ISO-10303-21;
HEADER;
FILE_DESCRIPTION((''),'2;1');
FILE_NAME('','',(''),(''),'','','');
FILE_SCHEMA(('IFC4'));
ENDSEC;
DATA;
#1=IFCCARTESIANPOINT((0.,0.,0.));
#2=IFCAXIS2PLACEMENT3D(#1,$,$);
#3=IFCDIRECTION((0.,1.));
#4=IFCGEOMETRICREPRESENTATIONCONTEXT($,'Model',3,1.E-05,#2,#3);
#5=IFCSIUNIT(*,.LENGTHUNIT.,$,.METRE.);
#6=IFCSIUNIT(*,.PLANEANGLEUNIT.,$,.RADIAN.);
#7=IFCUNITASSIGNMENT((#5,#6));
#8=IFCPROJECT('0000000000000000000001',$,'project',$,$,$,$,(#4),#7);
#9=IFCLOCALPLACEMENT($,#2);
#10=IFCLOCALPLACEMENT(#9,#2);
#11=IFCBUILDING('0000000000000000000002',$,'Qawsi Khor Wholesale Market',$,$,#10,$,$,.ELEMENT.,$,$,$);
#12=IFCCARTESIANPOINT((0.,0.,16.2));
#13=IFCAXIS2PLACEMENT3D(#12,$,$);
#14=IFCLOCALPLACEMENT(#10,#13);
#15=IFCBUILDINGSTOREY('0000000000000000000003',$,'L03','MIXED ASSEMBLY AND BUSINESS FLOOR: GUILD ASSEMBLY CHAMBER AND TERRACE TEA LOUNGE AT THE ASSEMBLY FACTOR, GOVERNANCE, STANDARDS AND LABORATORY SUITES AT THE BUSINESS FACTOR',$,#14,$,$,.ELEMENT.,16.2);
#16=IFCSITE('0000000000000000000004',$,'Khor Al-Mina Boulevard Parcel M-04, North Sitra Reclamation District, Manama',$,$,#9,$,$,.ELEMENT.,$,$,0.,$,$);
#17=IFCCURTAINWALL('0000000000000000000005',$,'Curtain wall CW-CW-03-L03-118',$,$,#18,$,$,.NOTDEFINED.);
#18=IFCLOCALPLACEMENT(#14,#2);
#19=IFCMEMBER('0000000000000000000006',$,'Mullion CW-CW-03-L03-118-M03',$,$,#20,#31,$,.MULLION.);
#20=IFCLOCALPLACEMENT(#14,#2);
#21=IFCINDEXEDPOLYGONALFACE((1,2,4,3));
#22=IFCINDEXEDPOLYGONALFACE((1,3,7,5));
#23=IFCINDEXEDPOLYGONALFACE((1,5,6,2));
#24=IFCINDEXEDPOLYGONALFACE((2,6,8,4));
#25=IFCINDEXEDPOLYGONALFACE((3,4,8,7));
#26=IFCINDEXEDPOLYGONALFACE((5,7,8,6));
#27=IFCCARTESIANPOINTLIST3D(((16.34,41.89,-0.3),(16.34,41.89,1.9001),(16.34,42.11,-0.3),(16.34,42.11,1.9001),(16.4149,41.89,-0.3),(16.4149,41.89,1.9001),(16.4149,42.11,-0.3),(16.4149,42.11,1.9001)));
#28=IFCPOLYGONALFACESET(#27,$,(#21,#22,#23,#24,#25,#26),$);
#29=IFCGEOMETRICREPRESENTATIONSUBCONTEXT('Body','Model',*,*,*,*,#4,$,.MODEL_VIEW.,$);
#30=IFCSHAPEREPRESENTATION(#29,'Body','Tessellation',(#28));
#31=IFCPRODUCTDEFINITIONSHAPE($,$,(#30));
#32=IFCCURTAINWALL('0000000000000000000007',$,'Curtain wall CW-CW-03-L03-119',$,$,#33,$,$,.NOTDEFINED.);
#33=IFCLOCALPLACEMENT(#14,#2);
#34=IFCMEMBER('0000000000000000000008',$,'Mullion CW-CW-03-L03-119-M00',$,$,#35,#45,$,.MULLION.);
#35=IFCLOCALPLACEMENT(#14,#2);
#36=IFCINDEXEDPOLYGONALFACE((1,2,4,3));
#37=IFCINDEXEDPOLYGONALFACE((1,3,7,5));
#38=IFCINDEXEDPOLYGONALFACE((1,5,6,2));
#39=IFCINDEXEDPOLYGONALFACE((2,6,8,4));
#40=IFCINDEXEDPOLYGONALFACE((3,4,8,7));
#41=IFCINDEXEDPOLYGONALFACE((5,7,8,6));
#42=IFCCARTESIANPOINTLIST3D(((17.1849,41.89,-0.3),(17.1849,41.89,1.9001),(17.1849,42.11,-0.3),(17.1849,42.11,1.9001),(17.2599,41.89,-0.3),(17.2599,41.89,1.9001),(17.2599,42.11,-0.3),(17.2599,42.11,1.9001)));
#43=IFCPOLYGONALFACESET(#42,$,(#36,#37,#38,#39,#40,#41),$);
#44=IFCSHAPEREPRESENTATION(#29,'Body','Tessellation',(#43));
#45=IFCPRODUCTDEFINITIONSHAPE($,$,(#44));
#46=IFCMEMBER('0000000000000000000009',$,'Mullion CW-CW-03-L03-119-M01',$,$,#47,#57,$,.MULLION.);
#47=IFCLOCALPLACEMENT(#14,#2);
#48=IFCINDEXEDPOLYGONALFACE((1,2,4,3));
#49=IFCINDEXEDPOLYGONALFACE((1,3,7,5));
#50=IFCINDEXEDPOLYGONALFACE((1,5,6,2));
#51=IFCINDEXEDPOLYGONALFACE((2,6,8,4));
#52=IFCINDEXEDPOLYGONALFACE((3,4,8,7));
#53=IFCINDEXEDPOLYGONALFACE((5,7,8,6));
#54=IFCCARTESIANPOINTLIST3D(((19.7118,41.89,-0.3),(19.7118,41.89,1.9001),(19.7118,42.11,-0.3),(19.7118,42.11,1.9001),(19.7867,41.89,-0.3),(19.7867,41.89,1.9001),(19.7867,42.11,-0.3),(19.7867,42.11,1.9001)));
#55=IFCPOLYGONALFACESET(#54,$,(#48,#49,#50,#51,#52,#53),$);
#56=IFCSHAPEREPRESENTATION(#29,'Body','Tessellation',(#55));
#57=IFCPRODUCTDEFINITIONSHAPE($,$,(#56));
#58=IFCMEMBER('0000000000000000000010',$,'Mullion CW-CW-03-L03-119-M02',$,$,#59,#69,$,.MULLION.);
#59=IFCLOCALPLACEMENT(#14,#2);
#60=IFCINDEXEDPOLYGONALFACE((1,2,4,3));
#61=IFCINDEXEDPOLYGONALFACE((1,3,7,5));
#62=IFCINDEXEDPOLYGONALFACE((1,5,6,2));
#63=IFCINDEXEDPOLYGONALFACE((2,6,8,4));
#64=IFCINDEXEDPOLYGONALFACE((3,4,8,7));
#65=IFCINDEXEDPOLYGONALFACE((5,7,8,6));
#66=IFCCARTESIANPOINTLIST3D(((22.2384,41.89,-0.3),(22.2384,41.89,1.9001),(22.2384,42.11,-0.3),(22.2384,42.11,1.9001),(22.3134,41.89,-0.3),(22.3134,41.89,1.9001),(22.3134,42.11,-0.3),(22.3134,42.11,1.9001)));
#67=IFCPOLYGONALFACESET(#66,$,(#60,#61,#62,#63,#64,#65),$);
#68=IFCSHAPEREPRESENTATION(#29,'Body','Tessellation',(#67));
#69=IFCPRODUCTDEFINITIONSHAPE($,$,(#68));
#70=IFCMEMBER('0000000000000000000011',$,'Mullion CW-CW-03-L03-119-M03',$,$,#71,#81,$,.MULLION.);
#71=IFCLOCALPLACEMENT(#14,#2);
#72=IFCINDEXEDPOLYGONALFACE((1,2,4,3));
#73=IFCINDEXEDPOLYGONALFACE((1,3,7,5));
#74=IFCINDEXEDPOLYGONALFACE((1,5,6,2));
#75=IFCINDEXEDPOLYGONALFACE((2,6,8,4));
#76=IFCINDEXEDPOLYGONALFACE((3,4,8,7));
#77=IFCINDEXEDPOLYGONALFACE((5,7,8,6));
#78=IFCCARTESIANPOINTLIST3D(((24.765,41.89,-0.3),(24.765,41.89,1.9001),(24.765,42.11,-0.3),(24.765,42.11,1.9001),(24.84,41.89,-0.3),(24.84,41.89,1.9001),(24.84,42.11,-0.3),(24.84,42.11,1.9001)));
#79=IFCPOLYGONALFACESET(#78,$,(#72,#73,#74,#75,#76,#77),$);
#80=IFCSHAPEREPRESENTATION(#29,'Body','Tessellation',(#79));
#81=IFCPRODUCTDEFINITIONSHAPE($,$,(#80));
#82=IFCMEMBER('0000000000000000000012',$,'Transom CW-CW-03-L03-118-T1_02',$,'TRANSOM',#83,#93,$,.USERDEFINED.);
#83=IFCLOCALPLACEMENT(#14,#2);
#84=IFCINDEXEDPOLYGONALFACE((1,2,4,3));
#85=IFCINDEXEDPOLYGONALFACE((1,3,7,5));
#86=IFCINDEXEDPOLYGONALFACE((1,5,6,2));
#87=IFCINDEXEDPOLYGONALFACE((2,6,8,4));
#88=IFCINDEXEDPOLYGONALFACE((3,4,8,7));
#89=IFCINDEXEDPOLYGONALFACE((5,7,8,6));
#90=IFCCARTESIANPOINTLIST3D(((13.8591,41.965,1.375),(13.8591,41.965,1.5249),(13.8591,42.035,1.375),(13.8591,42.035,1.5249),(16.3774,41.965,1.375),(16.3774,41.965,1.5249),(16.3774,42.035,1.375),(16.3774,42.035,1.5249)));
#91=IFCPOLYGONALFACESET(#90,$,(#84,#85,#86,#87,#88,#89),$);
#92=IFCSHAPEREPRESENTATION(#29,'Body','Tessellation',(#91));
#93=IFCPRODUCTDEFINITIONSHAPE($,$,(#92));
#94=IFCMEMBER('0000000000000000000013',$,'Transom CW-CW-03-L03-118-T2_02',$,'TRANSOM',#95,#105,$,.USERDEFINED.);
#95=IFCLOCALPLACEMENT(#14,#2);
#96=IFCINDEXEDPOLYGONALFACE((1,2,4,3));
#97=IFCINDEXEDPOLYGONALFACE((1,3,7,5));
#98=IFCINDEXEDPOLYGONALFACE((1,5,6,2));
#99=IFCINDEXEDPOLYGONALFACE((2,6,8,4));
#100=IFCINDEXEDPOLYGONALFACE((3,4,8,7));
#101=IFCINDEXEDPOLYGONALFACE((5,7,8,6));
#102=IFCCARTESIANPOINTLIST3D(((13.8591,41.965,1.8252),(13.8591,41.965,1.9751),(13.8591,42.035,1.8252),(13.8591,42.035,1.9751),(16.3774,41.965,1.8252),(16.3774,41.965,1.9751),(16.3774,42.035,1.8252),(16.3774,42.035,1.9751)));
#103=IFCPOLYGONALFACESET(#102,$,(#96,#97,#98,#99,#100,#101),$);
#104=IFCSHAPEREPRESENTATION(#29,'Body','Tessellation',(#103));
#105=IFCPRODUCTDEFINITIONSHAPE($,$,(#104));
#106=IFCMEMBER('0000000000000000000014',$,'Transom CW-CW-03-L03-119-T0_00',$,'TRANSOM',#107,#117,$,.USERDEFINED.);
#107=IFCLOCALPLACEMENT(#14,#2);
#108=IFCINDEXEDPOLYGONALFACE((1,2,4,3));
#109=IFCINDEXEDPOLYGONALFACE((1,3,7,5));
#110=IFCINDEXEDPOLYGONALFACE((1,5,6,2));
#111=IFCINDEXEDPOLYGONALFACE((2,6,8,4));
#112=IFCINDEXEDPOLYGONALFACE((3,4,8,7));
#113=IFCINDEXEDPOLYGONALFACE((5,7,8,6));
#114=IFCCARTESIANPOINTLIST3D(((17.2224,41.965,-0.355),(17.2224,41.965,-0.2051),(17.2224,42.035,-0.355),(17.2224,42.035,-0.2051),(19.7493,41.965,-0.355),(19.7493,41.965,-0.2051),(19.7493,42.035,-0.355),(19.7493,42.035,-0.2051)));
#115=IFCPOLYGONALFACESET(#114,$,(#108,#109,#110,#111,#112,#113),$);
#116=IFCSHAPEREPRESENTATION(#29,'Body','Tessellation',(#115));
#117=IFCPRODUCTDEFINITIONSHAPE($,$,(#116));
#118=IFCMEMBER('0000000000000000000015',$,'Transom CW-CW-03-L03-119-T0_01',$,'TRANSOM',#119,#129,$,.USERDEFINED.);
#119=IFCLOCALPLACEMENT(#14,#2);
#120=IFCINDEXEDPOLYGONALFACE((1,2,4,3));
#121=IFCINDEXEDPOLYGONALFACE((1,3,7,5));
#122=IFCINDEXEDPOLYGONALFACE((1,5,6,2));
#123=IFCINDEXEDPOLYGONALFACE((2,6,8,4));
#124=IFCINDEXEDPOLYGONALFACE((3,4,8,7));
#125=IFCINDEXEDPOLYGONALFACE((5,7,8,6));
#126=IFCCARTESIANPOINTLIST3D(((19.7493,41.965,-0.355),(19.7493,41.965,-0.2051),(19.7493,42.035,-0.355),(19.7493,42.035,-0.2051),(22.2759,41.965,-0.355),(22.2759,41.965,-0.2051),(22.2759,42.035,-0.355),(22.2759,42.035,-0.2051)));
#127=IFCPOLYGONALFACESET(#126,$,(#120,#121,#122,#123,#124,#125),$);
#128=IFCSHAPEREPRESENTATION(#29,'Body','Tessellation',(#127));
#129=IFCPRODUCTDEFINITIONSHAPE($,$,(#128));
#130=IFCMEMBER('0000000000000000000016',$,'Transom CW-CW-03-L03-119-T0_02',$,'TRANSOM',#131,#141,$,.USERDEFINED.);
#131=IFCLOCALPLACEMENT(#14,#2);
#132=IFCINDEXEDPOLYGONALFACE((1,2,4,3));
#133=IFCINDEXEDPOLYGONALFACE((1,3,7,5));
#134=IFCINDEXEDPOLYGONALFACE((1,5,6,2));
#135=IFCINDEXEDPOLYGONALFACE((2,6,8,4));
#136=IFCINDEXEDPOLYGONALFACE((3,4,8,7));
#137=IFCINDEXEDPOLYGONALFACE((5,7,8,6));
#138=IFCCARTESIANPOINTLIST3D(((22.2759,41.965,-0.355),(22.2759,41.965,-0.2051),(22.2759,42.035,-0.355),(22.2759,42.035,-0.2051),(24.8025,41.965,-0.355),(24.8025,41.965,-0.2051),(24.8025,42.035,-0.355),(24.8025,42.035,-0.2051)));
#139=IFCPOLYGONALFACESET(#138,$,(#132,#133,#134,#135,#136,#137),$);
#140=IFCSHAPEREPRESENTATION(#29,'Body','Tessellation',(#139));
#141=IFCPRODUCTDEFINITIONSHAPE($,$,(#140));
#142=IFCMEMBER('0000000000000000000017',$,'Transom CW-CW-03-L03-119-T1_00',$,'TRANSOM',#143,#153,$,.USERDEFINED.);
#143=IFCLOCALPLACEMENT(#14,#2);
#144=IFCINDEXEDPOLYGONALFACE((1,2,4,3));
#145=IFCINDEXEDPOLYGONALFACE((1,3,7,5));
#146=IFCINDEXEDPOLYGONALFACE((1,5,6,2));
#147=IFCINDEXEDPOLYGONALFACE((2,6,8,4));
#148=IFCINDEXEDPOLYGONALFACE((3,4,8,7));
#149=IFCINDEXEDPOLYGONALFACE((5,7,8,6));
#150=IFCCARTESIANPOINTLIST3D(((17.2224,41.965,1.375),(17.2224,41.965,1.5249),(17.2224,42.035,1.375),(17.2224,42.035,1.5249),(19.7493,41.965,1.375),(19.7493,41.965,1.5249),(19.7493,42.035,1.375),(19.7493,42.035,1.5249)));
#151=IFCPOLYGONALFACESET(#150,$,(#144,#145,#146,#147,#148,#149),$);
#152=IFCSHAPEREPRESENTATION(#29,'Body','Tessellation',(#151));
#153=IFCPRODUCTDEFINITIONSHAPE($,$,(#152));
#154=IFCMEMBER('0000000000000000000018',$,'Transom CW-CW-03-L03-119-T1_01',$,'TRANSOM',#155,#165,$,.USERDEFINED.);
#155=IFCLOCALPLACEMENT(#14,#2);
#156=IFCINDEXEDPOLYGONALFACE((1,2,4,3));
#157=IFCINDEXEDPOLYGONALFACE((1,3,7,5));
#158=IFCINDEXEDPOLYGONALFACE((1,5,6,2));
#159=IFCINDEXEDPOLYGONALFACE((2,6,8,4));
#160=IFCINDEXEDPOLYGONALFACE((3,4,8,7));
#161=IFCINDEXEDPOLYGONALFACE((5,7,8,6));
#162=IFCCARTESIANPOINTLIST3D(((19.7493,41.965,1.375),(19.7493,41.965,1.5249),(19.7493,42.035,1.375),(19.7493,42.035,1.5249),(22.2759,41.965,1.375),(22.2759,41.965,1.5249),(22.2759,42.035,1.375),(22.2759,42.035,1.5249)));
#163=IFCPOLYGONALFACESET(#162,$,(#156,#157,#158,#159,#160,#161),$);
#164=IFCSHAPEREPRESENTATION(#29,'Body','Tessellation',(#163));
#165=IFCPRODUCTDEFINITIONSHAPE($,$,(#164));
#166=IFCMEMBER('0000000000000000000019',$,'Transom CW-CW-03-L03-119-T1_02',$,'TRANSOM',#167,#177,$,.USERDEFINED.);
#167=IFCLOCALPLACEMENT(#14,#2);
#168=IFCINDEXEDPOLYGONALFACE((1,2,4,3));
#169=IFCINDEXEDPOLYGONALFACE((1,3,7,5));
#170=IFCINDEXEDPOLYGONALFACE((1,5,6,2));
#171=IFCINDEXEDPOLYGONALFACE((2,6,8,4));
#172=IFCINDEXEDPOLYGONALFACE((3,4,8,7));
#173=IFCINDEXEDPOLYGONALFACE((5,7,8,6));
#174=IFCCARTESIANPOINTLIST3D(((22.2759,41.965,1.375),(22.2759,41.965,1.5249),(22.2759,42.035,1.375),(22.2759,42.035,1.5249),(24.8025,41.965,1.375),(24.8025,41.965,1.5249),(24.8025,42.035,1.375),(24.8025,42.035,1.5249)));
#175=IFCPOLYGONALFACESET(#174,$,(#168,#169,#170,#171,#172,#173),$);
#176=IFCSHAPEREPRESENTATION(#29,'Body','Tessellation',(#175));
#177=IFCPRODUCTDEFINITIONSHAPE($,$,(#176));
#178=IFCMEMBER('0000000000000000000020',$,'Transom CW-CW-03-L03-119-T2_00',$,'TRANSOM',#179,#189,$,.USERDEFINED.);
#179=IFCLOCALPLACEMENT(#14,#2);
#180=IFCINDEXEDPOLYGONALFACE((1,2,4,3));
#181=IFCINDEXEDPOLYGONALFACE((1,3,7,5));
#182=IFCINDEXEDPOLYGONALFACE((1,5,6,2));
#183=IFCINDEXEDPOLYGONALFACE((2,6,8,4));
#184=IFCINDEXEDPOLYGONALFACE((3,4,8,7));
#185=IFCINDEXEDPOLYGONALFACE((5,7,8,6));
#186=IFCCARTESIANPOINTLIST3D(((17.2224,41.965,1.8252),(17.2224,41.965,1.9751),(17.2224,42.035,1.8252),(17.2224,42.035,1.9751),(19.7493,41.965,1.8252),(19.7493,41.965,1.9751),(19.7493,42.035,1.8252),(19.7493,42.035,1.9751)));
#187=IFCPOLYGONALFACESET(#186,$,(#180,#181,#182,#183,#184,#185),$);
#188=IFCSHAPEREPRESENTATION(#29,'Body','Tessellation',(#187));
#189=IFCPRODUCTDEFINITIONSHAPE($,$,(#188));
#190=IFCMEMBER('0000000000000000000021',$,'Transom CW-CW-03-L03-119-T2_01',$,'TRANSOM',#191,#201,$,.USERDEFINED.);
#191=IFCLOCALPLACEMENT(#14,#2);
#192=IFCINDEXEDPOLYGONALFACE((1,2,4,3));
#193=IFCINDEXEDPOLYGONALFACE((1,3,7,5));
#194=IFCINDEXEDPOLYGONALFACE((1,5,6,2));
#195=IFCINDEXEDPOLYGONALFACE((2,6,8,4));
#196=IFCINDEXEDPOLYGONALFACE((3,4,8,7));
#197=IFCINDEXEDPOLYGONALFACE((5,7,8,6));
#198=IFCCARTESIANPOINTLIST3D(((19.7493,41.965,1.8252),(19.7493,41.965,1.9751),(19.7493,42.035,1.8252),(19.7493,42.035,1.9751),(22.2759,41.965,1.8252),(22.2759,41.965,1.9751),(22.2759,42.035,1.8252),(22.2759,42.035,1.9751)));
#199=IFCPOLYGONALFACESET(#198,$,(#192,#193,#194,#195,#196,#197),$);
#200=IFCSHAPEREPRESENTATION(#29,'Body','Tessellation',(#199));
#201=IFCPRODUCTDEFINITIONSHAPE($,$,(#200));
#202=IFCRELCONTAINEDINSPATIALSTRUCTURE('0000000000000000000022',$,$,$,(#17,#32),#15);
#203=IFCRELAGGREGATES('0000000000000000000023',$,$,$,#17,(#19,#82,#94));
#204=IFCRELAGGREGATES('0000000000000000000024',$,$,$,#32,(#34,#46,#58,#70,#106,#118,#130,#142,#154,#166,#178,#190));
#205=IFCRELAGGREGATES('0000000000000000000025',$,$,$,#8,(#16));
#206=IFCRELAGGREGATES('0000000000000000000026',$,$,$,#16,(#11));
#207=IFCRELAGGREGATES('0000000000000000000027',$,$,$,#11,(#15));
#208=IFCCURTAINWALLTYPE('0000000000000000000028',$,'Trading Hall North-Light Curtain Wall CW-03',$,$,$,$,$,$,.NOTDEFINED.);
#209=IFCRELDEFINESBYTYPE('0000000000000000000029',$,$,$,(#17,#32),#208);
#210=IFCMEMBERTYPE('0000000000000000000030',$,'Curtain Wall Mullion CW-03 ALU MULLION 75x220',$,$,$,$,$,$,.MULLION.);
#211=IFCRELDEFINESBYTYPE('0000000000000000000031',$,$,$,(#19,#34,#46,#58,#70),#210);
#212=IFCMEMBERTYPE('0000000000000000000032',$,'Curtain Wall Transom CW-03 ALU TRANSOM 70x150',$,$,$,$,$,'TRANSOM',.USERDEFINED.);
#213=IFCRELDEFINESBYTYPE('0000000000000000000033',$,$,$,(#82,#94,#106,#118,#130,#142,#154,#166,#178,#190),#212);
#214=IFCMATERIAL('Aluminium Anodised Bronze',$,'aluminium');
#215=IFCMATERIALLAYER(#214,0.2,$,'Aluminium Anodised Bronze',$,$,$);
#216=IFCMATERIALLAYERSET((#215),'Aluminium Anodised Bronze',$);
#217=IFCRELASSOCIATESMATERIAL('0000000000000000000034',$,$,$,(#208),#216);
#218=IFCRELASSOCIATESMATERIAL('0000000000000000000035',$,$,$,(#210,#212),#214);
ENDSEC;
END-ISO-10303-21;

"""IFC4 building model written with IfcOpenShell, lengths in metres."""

from ifc_helpers import new_model, si_unit, direction, frame, origin, origin_2d, place, context, subcontext, project, spatial, rectangle, extrude, material, layer, layer_set, material_profile, profile_set, type_object, element, aggregate, save


model = new_model("IFC4")

# Units and contexts
model_context = context("Model", 3, precision=1e-05, world=origin(), true_north=direction((0.0, 1.0)))
body_context = subcontext(model_context, "Body", "Model", "MODEL_VIEW")
ifc_project = project(units=[si_unit("LENGTHUNIT", "METRE"), si_unit("PLANEANGLEUNIT", "RADIAN")], contexts=[model_context])

# Site, building, storey
site_placement = place(None, origin())
site = spatial("IfcSite", under=ifc_project, at=site_placement, Name="Khor Al-Mina Boulevard Parcel M-04, North Sitra Reclamation District, Manama", CompositionType="ELEMENT", RefElevation=0.0)
building_placement = place(site_placement, origin())
building = spatial("IfcBuilding", under=site, at=building_placement, Name="Qawsi Khor Wholesale Market", CompositionType="ELEMENT")
storey_placement = place(building_placement, frame((0.0, 0.0, 16.2)))
storey = spatial("IfcBuildingStorey", under=building, at=storey_placement, Name="L03", Description="MIXED ASSEMBLY AND BUSINESS FLOOR: GUILD ASSEMBLY CHAMBER AND TERRACE TEA LOUNGE AT THE ASSEMBLY FACTOR, GOVERNANCE, STANDARDS AND LABORATORY SUITES AT THE BUSINESS FACTOR", CompositionType="ELEMENT", Elevation=16.2)

# Curtain wall, member
ifc_material_1 = material(Name="Aluminium Anodised Bronze", Category="aluminium")
ifc_layer_1 = layer(ifc_material_1, 0.2, Name="Aluminium Anodised Bronze")
ifc_layer_set_1 = layer_set([ifc_layer_1], Name="Aluminium Anodised Bronze")
curtain_wall_type = type_object("IfcCurtainWallType", Name="Trading Hall North-Light Curtain Wall CW-03", PredefinedType="NOTDEFINED", material=ifc_layer_set_1)
curtain_wall_1_placement = place(storey_placement, origin())
curtain_wall_1 = element("IfcCurtainWall", 1, at=curtain_wall_1_placement, inside=storey, type_object=curtain_wall_type, Name="Curtain wall CW-CW-03-L03-118", PredefinedType="NOTDEFINED")
ifc_material_profile_1 = material_profile(ifc_material_1, rectangle(XDim=0.075, YDim=0.22, at=origin_2d()), Name="ALU MULLION 75x220")
ifc_profile_set_1 = profile_set([ifc_material_profile_1], Name="Aluminium Anodised Bronze")
member_type_1 = type_object("IfcMemberType", Name="Curtain Wall Mullion CW-03 ALU MULLION 75x220", PredefinedType="MULLION", material=ifc_profile_set_1)
member_1_placement = place(storey_placement, frame((16.3774, 42.0, -0.3), z_axis=(0.0, 0.0, 1.0), x_axis=(1.0, 0.0, 0.0)))
member_1 = element("IfcMember", 2, at=member_1_placement, type_object=member_type_1, Name="Mullion CW-CW-03-L03-118-M03", PredefinedType="MULLION", context=body_context, shape_type="SweptSolid", body=[
    extrude(rectangle(XDim=0.075, YDim=0.22, at=origin_2d()), origin(), (0.0, 0.0, 1.0), 2.2002),
])

# Curtain wall, members
curtain_wall_2_placement = place(storey_placement, origin())
curtain_wall_2 = element("IfcCurtainWall", 3, at=curtain_wall_2_placement, inside=storey, type_object=curtain_wall_type, Name="Curtain wall CW-CW-03-L03-119", PredefinedType="NOTDEFINED")
member_2_placement = place(storey_placement, frame((17.2224, 42.0, -0.3), z_axis=(0.0, 0.0, 1.0), x_axis=(1.0, 0.0, 0.0)))
member_2 = element("IfcMember", 4, at=member_2_placement, type_object=member_type_1, Name="Mullion CW-CW-03-L03-119-M00", PredefinedType="MULLION", context=body_context, shape_type="SweptSolid", body=[
    extrude(rectangle(XDim=0.075, YDim=0.22, at=origin_2d()), origin(), (0.0, 0.0, 1.0), 2.2002),
])
member_3_placement = place(storey_placement, frame((19.7493, 42.0, -0.3), z_axis=(0.0, 0.0, 1.0), x_axis=(1.0, 0.0, 0.0)))
member_3 = element("IfcMember", 5, at=member_3_placement, type_object=member_type_1, Name="Mullion CW-CW-03-L03-119-M01", PredefinedType="MULLION", context=body_context, shape_type="SweptSolid", body=[
    extrude(rectangle(XDim=0.075, YDim=0.22, at=origin_2d()), origin(), (0.0, 0.0, 1.0), 2.2002),
])
member_4_placement = place(storey_placement, frame((22.2759, 42.0, -0.3), z_axis=(0.0, 0.0, 1.0), x_axis=(1.0, 0.0, 0.0)))
member_4 = element("IfcMember", 6, at=member_4_placement, type_object=member_type_1, Name="Mullion CW-CW-03-L03-119-M02", PredefinedType="MULLION", context=body_context, shape_type="SweptSolid", body=[
    extrude(rectangle(XDim=0.075, YDim=0.22, at=origin_2d()), origin(), (0.0, 0.0, 1.0), 2.2002),
])
member_5_placement = place(storey_placement, frame((24.8025, 42.0, -0.3), z_axis=(0.0, 0.0, 1.0), x_axis=(1.0, 0.0, 0.0)))
member_5 = element("IfcMember", 7, at=member_5_placement, type_object=member_type_1, Name="Mullion CW-CW-03-L03-119-M03", PredefinedType="MULLION", context=body_context, shape_type="SweptSolid", body=[
    extrude(rectangle(XDim=0.075, YDim=0.22, at=origin_2d()), origin(), (0.0, 0.0, 1.0), 2.2002),
])

# Members
ifc_material_profile_2 = material_profile(ifc_material_1, rectangle(XDim=0.0701, YDim=0.1499, at=origin_2d()), Name="ALU TRANSOM 70x150")
ifc_profile_set_2 = profile_set([ifc_material_profile_2], Name="Aluminium Anodised Bronze")
member_type_2 = type_object("IfcMemberType", Name="Curtain Wall Transom CW-03 ALU TRANSOM 70x150", ElementType="TRANSOM", PredefinedType="USERDEFINED", material=ifc_profile_set_2)
member_6_placement = place(storey_placement, frame((13.8591, 42.0, 1.45), z_axis=(1.0, 0.0, 0.0), x_axis=(0.0, 1.0, 0.0)))
member_6 = element("IfcMember", 8, at=member_6_placement, type_object=member_type_2, Name="Transom CW-CW-03-L03-118-T1_02", ObjectType="TRANSOM", PredefinedType="USERDEFINED", context=body_context, shape_type="SweptSolid", body=[
    extrude(rectangle(XDim=0.0701, YDim=0.1499, at=origin_2d()), origin(), (0.0, 0.0, 1.0), 2.5183),
])
member_7_placement = place(storey_placement, frame((13.8591, 42.0, 1.9001), z_axis=(1.0, 0.0, 0.0), x_axis=(0.0, 1.0, 0.0)))
member_7 = element("IfcMember", 9, at=member_7_placement, type_object=member_type_2, Name="Transom CW-CW-03-L03-118-T2_02", ObjectType="TRANSOM", PredefinedType="USERDEFINED", context=body_context, shape_type="SweptSolid", body=[
    extrude(rectangle(XDim=0.0701, YDim=0.1499, at=origin_2d()), origin(), (0.0, 0.0, 1.0), 2.5183),
])
member_8_placement = place(storey_placement, frame((17.2224, 42.0, -0.28), z_axis=(1.0, 0.0, 0.0), x_axis=(0.0, 1.0, 0.0)))
member_8 = element("IfcMember", 10, at=member_8_placement, type_object=member_type_2, Name="Transom CW-CW-03-L03-119-T0_00", ObjectType="TRANSOM", PredefinedType="USERDEFINED", context=body_context, shape_type="SweptSolid", body=[
    extrude(rectangle(XDim=0.0701, YDim=0.1499, at=origin_2d()), origin(), (0.0, 0.0, 1.0), 2.5269),
])
member_9_placement = place(storey_placement, frame((19.7493, 42.0, -0.28), z_axis=(1.0, 0.0, 0.0), x_axis=(0.0, 1.0, 0.0)))
member_9 = element("IfcMember", 11, at=member_9_placement, type_object=member_type_2, Name="Transom CW-CW-03-L03-119-T0_01", ObjectType="TRANSOM", PredefinedType="USERDEFINED", context=body_context, shape_type="SweptSolid", body=[
    extrude(rectangle(XDim=0.0701, YDim=0.1499, at=origin_2d()), origin(), (0.0, 0.0, 1.0), 2.5266),
])
member_10_placement = place(storey_placement, frame((22.2759, 42.0, -0.28), z_axis=(1.0, 0.0, 0.0), x_axis=(0.0, 1.0, 0.0)))
member_10 = element("IfcMember", 12, at=member_10_placement, type_object=member_type_2, Name="Transom CW-CW-03-L03-119-T0_02", ObjectType="TRANSOM", PredefinedType="USERDEFINED", context=body_context, shape_type="SweptSolid", body=[
    extrude(rectangle(XDim=0.0701, YDim=0.1499, at=origin_2d()), origin(), (0.0, 0.0, 1.0), 2.5266),
])
member_11_placement = place(storey_placement, frame((17.2224, 42.0, 1.45), z_axis=(1.0, 0.0, 0.0), x_axis=(0.0, 1.0, 0.0)))
member_11 = element("IfcMember", 13, at=member_11_placement, type_object=member_type_2, Name="Transom CW-CW-03-L03-119-T1_00", ObjectType="TRANSOM", PredefinedType="USERDEFINED", context=body_context, shape_type="SweptSolid", body=[
    extrude(rectangle(XDim=0.0701, YDim=0.1499, at=origin_2d()), origin(), (0.0, 0.0, 1.0), 2.5269),
])
member_12_placement = place(storey_placement, frame((19.7493, 42.0, 1.45), z_axis=(1.0, 0.0, 0.0), x_axis=(0.0, 1.0, 0.0)))
member_12 = element("IfcMember", 14, at=member_12_placement, type_object=member_type_2, Name="Transom CW-CW-03-L03-119-T1_01", ObjectType="TRANSOM", PredefinedType="USERDEFINED", context=body_context, shape_type="SweptSolid", body=[
    extrude(rectangle(XDim=0.0701, YDim=0.1499, at=origin_2d()), origin(), (0.0, 0.0, 1.0), 2.5266),
])
member_13_placement = place(storey_placement, frame((22.2759, 42.0, 1.45), z_axis=(1.0, 0.0, 0.0), x_axis=(0.0, 1.0, 0.0)))
member_13 = element("IfcMember", 15, at=member_13_placement, type_object=member_type_2, Name="Transom CW-CW-03-L03-119-T1_02", ObjectType="TRANSOM", PredefinedType="USERDEFINED", context=body_context, shape_type="SweptSolid", body=[
    extrude(rectangle(XDim=0.0701, YDim=0.1499, at=origin_2d()), origin(), (0.0, 0.0, 1.0), 2.5266),
])
member_14_placement = place(storey_placement, frame((17.2224, 42.0, 1.9001), z_axis=(1.0, 0.0, 0.0), x_axis=(0.0, 1.0, 0.0)))
member_14 = element("IfcMember", 16, at=member_14_placement, type_object=member_type_2, Name="Transom CW-CW-03-L03-119-T2_00", ObjectType="TRANSOM", PredefinedType="USERDEFINED", context=body_context, shape_type="SweptSolid", body=[
    extrude(rectangle(XDim=0.0701, YDim=0.1499, at=origin_2d()), origin(), (0.0, 0.0, 1.0), 2.5269),
])
member_15_placement = place(storey_placement, frame((19.7493, 42.0, 1.9001), z_axis=(1.0, 0.0, 0.0), x_axis=(0.0, 1.0, 0.0)))
member_15 = element("IfcMember", 17, at=member_15_placement, type_object=member_type_2, Name="Transom CW-CW-03-L03-119-T2_01", ObjectType="TRANSOM", PredefinedType="USERDEFINED", context=body_context, shape_type="SweptSolid", body=[
    extrude(rectangle(XDim=0.0701, YDim=0.1499, at=origin_2d()), origin(), (0.0, 0.0, 1.0), 2.5266),
])

aggregate(curtain_wall_1, [member_1, member_6, member_7])
aggregate(curtain_wall_2, [member_2, member_3, member_4, member_5, member_8, member_9, member_10, member_11, member_12, member_13, member_14, member_15])

save(model, "model.ifc")
